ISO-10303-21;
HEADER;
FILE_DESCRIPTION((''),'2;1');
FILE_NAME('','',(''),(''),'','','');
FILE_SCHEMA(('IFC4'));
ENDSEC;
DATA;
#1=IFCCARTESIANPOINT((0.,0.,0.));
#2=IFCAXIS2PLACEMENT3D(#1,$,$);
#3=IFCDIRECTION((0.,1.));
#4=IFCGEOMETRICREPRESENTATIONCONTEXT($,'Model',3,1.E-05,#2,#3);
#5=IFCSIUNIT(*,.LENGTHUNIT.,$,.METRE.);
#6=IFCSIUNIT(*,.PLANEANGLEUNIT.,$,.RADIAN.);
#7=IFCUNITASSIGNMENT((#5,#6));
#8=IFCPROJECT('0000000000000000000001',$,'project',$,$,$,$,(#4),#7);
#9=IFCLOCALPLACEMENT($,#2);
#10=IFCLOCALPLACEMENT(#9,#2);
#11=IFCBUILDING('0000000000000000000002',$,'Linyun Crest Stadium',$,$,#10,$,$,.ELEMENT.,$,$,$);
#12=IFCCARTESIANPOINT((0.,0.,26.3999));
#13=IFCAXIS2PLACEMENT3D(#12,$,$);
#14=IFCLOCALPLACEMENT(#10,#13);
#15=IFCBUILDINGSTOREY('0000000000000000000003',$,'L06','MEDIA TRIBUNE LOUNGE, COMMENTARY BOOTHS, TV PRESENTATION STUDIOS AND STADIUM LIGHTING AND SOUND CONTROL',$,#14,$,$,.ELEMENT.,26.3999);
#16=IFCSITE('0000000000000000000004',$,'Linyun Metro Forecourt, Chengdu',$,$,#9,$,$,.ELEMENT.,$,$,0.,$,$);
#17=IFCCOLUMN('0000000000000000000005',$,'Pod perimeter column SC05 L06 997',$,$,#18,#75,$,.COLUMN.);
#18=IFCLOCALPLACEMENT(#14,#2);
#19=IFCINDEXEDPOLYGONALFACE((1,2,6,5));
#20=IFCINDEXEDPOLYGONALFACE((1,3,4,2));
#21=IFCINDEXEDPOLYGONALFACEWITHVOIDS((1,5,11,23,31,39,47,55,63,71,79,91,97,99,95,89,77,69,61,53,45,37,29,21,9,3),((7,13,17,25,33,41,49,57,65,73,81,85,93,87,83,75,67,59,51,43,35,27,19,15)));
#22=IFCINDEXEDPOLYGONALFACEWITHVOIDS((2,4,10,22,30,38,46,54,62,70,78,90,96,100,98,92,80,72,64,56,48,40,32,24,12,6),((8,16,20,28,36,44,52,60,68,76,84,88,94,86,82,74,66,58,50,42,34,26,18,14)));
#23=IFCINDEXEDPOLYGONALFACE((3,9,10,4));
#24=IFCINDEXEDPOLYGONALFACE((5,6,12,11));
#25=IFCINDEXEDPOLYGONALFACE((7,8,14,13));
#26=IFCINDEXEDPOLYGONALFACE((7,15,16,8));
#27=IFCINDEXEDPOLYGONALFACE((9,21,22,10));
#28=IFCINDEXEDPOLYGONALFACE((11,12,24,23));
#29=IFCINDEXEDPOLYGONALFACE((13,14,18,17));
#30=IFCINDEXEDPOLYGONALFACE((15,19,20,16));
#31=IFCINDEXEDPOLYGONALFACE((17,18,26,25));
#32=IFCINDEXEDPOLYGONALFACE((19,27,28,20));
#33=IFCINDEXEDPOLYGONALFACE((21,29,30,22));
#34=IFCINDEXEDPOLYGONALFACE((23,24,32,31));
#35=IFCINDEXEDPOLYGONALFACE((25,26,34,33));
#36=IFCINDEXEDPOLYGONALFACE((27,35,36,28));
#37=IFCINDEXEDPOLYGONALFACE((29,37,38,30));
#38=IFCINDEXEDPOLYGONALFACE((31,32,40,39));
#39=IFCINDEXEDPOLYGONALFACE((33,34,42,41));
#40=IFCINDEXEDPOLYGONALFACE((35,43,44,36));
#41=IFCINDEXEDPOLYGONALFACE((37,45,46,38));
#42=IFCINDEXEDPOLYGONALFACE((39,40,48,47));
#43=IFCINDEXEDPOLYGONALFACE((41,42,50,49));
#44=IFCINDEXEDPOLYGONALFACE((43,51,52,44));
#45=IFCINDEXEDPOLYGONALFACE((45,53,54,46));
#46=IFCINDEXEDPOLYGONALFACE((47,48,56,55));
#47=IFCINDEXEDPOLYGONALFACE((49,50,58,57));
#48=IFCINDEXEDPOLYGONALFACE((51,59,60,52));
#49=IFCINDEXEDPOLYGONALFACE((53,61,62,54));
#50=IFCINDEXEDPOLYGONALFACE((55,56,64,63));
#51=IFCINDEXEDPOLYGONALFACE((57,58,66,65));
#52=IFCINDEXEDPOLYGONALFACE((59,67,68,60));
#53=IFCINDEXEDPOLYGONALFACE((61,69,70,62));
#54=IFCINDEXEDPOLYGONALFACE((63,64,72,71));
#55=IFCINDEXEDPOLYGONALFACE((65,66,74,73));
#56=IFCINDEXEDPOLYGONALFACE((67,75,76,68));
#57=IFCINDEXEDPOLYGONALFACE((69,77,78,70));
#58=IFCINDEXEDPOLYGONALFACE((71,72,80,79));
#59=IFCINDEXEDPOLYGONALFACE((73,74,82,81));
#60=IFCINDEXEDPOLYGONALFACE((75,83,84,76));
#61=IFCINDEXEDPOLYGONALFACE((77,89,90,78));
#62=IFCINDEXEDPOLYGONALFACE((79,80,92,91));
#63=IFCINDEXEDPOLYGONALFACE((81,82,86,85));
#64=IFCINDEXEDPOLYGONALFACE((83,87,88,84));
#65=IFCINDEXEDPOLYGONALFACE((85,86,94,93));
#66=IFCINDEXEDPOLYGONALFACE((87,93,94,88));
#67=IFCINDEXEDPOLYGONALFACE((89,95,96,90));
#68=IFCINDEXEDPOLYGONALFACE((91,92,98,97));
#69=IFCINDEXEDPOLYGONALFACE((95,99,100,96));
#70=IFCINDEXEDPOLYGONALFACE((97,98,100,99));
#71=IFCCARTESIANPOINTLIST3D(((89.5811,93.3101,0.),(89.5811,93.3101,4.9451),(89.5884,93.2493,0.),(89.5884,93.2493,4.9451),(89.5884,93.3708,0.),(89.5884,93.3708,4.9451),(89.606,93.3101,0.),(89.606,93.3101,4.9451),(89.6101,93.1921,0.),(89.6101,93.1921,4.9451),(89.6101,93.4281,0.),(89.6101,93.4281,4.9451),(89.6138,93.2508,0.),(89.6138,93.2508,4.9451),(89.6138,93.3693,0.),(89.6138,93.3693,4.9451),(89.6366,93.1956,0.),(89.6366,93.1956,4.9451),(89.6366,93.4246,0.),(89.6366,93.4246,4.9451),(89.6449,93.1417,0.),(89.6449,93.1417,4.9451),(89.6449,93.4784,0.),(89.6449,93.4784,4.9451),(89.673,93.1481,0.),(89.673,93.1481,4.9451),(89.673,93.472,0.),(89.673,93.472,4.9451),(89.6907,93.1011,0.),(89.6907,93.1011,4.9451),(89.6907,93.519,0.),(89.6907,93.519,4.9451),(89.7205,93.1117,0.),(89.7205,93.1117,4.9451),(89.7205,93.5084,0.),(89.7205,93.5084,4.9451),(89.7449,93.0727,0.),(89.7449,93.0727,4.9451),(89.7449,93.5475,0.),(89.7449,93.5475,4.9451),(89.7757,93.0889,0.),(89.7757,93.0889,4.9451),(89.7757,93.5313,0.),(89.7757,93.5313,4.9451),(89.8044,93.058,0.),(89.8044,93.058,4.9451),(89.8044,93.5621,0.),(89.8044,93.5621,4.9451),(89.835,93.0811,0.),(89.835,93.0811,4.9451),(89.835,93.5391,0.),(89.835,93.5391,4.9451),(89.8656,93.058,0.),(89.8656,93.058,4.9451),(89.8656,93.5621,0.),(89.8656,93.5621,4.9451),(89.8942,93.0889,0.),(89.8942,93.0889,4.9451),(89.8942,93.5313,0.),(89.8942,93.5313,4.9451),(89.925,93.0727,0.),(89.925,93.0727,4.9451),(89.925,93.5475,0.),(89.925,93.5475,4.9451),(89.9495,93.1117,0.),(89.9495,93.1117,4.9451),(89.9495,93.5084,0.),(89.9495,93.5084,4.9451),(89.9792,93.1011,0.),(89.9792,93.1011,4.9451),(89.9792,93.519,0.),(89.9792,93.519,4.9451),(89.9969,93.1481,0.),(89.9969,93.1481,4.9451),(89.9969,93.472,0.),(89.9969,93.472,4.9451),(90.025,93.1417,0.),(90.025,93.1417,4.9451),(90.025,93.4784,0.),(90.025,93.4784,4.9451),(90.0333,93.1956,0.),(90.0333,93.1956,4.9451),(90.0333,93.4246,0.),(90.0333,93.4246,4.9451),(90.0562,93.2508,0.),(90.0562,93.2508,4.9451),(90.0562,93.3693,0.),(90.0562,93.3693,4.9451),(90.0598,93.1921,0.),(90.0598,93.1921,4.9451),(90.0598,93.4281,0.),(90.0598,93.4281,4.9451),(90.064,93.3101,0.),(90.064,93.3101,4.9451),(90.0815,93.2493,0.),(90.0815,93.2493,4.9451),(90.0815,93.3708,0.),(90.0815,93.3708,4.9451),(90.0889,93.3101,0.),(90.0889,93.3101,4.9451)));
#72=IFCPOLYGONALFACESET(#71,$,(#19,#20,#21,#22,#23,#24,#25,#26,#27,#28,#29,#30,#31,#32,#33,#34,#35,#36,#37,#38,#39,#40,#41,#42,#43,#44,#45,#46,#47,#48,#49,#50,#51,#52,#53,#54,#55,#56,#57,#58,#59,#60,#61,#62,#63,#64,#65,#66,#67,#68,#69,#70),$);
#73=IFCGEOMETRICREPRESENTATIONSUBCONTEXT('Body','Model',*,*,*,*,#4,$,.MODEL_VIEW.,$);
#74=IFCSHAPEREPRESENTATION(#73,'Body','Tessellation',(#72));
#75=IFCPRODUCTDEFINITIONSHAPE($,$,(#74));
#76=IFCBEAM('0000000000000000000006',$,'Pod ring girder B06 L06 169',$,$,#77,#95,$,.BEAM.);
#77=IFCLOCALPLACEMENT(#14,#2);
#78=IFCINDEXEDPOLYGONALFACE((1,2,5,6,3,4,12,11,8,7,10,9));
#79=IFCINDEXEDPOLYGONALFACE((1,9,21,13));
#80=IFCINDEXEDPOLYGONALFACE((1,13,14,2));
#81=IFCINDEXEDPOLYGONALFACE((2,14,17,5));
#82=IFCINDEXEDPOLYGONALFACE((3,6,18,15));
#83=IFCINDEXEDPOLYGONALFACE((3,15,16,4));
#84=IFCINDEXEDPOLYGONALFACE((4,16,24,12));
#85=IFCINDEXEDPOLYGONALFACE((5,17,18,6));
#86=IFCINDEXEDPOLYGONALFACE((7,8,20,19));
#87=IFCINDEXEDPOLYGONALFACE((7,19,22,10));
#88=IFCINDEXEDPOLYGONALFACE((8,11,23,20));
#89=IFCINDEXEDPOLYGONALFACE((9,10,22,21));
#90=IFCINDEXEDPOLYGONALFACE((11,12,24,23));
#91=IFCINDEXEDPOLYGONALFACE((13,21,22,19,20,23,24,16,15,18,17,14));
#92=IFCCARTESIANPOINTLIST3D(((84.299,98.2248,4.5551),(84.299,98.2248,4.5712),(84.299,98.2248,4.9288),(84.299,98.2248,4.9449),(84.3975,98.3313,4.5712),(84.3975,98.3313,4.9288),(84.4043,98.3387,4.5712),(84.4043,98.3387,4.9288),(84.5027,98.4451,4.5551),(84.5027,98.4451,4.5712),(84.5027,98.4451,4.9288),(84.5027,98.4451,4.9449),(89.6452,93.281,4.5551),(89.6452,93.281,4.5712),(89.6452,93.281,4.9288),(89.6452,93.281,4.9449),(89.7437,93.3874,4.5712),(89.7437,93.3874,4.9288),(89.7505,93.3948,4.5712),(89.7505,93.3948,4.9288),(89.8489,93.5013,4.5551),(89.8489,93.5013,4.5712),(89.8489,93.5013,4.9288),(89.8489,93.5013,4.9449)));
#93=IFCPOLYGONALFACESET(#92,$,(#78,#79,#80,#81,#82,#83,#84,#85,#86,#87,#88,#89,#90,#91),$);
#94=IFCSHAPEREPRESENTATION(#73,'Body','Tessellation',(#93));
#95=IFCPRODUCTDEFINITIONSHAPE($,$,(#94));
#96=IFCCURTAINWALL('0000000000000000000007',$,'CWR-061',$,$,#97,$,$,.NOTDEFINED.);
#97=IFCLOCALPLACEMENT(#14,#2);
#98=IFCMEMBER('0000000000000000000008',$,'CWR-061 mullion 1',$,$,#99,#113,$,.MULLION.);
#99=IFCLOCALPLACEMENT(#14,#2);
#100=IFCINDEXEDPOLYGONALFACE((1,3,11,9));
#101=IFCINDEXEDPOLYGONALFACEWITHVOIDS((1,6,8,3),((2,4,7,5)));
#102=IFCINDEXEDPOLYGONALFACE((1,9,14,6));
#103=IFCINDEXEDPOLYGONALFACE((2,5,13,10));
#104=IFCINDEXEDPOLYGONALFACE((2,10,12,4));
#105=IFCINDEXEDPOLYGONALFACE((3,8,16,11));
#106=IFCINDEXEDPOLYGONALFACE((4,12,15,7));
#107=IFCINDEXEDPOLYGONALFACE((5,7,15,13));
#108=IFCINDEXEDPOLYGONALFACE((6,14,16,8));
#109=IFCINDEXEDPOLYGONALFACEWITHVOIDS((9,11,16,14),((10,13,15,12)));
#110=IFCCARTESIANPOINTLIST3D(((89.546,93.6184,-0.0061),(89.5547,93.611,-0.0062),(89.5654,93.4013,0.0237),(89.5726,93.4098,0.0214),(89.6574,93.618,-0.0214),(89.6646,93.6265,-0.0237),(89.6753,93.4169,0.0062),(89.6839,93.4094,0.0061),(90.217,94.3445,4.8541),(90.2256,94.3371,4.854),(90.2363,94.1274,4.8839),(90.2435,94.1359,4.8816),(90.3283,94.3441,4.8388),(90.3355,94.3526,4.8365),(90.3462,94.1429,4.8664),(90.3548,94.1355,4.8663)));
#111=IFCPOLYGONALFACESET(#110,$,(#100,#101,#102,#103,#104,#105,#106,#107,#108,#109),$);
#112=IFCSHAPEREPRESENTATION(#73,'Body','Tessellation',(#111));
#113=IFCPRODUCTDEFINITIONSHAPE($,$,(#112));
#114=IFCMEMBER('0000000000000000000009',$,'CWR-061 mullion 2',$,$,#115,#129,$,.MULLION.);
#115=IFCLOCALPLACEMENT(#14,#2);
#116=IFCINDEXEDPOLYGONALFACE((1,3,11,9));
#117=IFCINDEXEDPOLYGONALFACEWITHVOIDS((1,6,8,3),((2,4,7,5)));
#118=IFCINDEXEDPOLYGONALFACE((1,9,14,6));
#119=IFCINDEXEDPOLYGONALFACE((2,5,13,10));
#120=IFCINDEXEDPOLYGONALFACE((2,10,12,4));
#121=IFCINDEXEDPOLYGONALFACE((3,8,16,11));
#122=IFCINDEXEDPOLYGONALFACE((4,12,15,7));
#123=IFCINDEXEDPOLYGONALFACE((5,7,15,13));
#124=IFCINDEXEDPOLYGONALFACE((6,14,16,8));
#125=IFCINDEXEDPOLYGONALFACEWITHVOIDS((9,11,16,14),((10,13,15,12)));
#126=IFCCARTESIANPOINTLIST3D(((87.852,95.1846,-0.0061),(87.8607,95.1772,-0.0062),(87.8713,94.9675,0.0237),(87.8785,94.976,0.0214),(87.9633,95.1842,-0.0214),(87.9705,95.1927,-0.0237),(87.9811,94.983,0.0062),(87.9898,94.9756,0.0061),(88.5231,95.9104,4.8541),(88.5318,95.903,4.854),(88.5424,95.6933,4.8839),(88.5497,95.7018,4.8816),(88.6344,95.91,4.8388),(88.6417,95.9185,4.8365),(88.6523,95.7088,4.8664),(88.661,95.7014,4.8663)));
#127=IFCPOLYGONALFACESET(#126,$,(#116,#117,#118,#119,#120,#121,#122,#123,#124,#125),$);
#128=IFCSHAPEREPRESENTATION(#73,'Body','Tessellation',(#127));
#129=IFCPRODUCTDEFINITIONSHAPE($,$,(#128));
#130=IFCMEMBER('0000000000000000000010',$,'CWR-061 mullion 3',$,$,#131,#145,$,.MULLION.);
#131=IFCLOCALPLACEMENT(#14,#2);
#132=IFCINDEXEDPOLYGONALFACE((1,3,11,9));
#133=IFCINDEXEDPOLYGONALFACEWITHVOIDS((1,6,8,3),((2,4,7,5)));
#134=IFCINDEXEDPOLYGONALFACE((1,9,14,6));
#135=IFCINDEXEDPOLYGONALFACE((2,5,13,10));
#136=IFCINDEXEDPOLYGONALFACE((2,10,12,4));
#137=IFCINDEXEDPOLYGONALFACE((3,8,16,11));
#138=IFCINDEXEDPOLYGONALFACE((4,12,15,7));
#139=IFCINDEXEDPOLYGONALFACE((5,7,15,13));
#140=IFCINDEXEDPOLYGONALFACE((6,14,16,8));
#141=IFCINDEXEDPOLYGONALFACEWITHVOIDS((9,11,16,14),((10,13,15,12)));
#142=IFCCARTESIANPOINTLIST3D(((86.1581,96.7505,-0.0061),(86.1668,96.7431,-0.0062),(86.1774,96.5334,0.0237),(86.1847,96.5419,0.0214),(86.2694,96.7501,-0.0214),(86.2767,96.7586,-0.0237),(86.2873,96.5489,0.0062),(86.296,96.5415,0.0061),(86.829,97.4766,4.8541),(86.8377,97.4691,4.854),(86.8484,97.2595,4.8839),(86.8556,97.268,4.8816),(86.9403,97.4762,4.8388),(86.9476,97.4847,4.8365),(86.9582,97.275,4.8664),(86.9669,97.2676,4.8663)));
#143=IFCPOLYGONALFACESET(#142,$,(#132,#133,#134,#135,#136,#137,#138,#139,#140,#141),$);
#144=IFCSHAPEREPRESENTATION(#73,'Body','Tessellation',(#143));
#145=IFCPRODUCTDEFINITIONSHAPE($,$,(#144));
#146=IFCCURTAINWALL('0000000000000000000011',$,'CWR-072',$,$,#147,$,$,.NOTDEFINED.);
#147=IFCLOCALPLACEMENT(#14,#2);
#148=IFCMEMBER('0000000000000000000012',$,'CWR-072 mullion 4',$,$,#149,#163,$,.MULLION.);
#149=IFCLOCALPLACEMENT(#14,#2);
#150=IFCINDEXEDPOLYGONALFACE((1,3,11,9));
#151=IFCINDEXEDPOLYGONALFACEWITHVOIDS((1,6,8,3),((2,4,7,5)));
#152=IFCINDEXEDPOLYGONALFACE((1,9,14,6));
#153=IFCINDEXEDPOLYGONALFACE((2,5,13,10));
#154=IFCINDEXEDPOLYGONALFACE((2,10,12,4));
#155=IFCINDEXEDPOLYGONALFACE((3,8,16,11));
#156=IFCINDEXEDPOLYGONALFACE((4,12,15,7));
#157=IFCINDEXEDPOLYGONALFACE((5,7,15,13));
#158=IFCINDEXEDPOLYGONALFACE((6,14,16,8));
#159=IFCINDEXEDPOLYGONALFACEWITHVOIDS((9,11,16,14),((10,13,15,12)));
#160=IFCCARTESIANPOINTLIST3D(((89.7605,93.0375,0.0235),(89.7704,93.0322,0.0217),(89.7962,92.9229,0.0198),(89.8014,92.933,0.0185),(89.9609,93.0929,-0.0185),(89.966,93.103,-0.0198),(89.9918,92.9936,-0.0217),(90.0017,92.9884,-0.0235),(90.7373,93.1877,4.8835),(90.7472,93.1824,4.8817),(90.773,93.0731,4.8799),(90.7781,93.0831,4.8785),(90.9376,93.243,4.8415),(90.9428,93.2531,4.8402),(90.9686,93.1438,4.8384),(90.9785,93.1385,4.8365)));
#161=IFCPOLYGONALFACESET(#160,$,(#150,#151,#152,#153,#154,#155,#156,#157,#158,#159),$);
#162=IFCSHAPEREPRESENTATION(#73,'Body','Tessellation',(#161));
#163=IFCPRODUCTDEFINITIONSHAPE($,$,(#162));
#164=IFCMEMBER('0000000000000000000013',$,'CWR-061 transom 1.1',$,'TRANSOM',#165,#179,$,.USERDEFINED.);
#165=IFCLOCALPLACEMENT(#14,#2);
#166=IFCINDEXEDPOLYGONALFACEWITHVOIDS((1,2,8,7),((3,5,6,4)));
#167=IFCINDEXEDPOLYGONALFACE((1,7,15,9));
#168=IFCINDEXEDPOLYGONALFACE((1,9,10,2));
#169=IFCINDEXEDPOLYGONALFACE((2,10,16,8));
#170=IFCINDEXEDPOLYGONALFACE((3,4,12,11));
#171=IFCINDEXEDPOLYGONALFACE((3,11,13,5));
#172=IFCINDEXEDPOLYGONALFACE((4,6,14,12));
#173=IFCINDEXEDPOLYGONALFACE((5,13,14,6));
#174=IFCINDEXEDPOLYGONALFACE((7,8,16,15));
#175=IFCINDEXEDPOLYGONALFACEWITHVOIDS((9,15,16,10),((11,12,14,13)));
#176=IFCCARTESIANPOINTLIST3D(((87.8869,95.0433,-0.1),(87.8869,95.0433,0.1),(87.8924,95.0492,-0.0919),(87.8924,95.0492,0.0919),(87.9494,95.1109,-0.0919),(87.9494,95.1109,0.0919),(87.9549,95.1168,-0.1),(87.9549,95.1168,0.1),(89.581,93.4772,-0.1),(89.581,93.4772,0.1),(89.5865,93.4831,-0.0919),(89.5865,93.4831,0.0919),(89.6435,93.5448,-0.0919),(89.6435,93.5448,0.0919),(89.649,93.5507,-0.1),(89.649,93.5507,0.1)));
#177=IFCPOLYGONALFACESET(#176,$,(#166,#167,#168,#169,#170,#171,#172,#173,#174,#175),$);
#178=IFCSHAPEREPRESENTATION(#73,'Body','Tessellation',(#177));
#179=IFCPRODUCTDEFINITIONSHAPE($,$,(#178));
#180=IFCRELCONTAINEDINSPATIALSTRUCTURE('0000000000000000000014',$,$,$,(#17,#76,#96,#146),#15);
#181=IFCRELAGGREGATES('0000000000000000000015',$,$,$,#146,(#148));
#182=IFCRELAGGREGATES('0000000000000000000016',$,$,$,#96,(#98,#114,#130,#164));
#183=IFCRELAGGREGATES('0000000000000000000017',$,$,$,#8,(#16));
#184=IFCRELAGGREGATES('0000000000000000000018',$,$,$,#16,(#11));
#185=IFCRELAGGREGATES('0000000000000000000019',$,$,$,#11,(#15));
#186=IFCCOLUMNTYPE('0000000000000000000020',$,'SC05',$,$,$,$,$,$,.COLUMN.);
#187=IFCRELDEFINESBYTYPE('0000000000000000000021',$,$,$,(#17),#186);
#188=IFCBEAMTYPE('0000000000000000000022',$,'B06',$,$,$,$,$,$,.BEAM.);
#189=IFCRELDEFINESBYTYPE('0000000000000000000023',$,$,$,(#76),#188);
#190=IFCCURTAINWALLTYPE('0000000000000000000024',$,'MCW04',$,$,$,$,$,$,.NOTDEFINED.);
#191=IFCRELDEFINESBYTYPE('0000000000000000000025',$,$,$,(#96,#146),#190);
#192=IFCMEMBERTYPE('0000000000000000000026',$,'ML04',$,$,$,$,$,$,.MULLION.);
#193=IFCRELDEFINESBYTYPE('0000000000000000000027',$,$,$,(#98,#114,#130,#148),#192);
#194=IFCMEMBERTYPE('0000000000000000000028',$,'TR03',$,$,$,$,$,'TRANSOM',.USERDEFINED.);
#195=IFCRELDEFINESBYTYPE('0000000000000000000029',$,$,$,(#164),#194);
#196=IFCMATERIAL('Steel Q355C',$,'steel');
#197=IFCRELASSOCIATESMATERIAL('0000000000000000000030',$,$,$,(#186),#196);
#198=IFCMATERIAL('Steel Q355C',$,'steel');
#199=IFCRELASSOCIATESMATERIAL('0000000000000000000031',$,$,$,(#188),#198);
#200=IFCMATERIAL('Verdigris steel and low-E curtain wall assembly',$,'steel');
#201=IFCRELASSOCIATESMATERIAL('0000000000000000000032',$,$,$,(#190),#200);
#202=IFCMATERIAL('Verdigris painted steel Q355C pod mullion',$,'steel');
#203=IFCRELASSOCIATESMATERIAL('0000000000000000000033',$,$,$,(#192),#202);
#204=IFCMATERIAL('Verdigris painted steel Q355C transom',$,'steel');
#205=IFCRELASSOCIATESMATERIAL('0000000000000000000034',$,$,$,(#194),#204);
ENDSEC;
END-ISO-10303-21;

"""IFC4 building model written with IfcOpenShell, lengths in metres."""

from ifc_helpers import new_model, si_unit, direction, frame, origin, origin_2d, place, context, subcontext, project, spatial, hollow_rectangle, hollow_circle, i_section, extrude, material, material_profile, profile_set, type_object, element, aggregate, save


model = new_model("IFC4")

# Units and contexts
model_context = context("Model", 3, precision=1e-05, world=origin(), true_north=direction((0.0, 1.0)))
body_context = subcontext(model_context, "Body", "Model", "MODEL_VIEW")
ifc_project = project(units=[si_unit("LENGTHUNIT", "METRE"), si_unit("PLANEANGLEUNIT", "RADIAN")], contexts=[model_context])

# Site, building, storey
site_placement = place(None, origin())
site = spatial("IfcSite", under=ifc_project, at=site_placement, Name="Linyun Metro Forecourt, Chengdu", CompositionType="ELEMENT", RefElevation=0.0)
building_placement = place(site_placement, origin())
building = spatial("IfcBuilding", under=site, at=building_placement, Name="Linyun Crest Stadium", CompositionType="ELEMENT")
storey_placement = place(building_placement, frame((0.0, 0.0, 26.3999)))
storey = spatial("IfcBuildingStorey", under=building, at=storey_placement, Name="L06", Description="MEDIA TRIBUNE LOUNGE, COMMENTARY BOOTHS, TV PRESENTATION STUDIOS AND STADIUM LIGHTING AND SOUND CONTROL", CompositionType="ELEMENT", Elevation=26.3999)

# Column
ifc_material_1 = material(Name="Steel Q355C", Category="steel")
ifc_material_profile_1 = material_profile(ifc_material_1, hollow_circle(Radius=0.2539, WallThickness=0.0249, at=origin_2d()), Name="CHS 508x25")
ifc_profile_set_1 = profile_set([ifc_material_profile_1], Name="Steel Q355C")
column_type = type_object("IfcColumnType", Name="SC05", PredefinedType="COLUMN", material=ifc_profile_set_1)
column_placement = place(storey_placement, frame((89.835, 93.3101, 0.0), z_axis=(0.0, 0.0, 1.0), x_axis=(1.0, 0.0, 0.0)))
element("IfcColumn", 1, at=column_placement, inside=storey, type_object=column_type, Name="Pod perimeter column SC05 L06 997", PredefinedType="COLUMN", context=body_context, shape_type="SweptSolid", body=[
    extrude(hollow_circle(Radius=0.2539, WallThickness=0.0249, at=origin_2d()), origin(), (0.0, 0.0, 1.0), 4.9451),
])

# Beam
ifc_material_2 = material(Name="Steel Q355C", Category="steel")
ifc_material_profile_2 = material_profile(ifc_material_2, i_section(OverallWidth=0.3, OverallDepth=0.3899, WebThickness=0.01, FlangeThickness=0.0161, at=origin_2d()), Name="HM 390x300")
ifc_profile_set_2 = profile_set([ifc_material_profile_2], Name="Steel Q355C")
beam_type = type_object("IfcBeamType", Name="B06", PredefinedType="BEAM", material=ifc_profile_set_2)
beam_placement = place(storey_placement, frame((89.7471, 93.3911, 4.75), z_axis=(-0.734194, 0.67894, 0.0), x_axis=(-0.67894, -0.734194, 0.0)))
element("IfcBeam", 2, at=beam_placement, inside=storey, type_object=beam_type, Name="Pod ring girder B06 L06 169", PredefinedType="BEAM", context=body_context, shape_type="SweptSolid", body=[
    extrude(i_section(OverallWidth=0.3, OverallDepth=0.3899, WebThickness=0.01, FlangeThickness=0.0161, at=origin_2d()), origin(), (0.0, 0.0, 1.0), 7.2817),
])

# Curtain wall, members
ifc_material_3 = material(Name="Verdigris steel and low-E curtain wall assembly", Category="steel")
curtain_wall_type = type_object("IfcCurtainWallType", Name="MCW04", PredefinedType="NOTDEFINED", material=ifc_material_3)
curtain_wall_1_placement = place(storey_placement, origin())
curtain_wall_1 = element("IfcCurtainWall", 3, at=curtain_wall_1_placement, inside=storey, type_object=curtain_wall_type, Name="CWR-061", PredefinedType="NOTDEFINED")
ifc_material_4 = material(Name="Verdigris painted steel Q355C pod mullion", Category="steel")
ifc_material_profile_3 = material_profile(ifc_material_4, hollow_rectangle(XDim=0.1201, YDim=0.22, WallThickness=0.0081, at=origin_2d()), Name="RHS 220x120x8")
ifc_profile_set_3 = profile_set([ifc_material_profile_3], Name="Verdigris painted steel Q355C pod mullion")
member_type_1 = type_object("IfcMemberType", Name="ML04", PredefinedType="MULLION", material=ifc_profile_set_3)
member_1_placement = place(storey_placement, frame((89.615, 93.5139, 0.0), z_axis=(0.135272, 0.146397, 0.979933), x_axis=(0.986901, 0.067842, -0.146369)))
member_1 = element("IfcMember", 4, at=member_1_placement, type_object=member_type_1, Name="CWR-061 mullion 1", PredefinedType="MULLION", context=body_context, shape_type="SweptSolid", body=[
    extrude(hollow_rectangle(XDim=0.1201, YDim=0.22, WallThickness=0.0081, at=origin_2d()), origin(), (0.0, 0.0, 1.0), 4.9597),
])
member_2_placement = place(storey_placement, frame((87.9209, 95.0801, 0.0), z_axis=(0.135321, 0.146348, 0.979934), x_axis=(0.986925, 0.067498, -0.146367)))
member_2 = element("IfcMember", 5, at=member_2_placement, type_object=member_type_1, Name="CWR-061 mullion 2", PredefinedType="MULLION", context=body_context, shape_type="SweptSolid", body=[
    extrude(hollow_rectangle(XDim=0.1201, YDim=0.22, WallThickness=0.0081, at=origin_2d()), origin(), (0.0, 0.0, 1.0), 4.9597),
])
member_3_placement = place(storey_placement, frame((86.2271, 96.646, 0.0), z_axis=(0.135272, 0.146397, 0.979933), x_axis=(0.986901, 0.067842, -0.146369)))
member_3 = element("IfcMember", 6, at=member_3_placement, type_object=member_type_1, Name="CWR-061 mullion 3", PredefinedType="MULLION", context=body_context, shape_type="SweptSolid", body=[
    extrude(hollow_rectangle(XDim=0.1201, YDim=0.22, WallThickness=0.0081, at=origin_2d()), origin(), (0.0, 0.0, 1.0), 4.9597),
])

# Curtain wall, member
curtain_wall_2_placement = place(storey_placement, origin())
curtain_wall_2 = element("IfcCurtainWall", 7, at=curtain_wall_2_placement, inside=storey, type_object=curtain_wall_type, Name="CWR-072", PredefinedType="NOTDEFINED")
member_4_placement = place(storey_placement, frame((89.8811, 93.0129, 0.0), z_axis=(0.196954, 0.030274, 0.979945), x_axis=(0.297501, -0.95424, -0.030313)))
member_4 = element("IfcMember", 8, at=member_4_placement, type_object=member_type_1, Name="CWR-072 mullion 4", PredefinedType="MULLION", context=body_context, shape_type="SweptSolid", body=[
    extrude(hollow_rectangle(XDim=0.1201, YDim=0.22, WallThickness=0.0081, at=origin_2d()), origin(), (0.0, 0.0, 1.0), 4.9595),
])

# Member
ifc_material_5 = material(Name="Verdigris painted steel Q355C transom", Category="steel")
ifc_material_profile_4 = material_profile(ifc_material_5, hollow_rectangle(XDim=0.1001, YDim=0.2, WallThickness=0.0081, at=origin_2d()), Name="RHS 200x100x8")
ifc_profile_set_4 = profile_set([ifc_material_profile_4], Name="Verdigris painted steel Q355C transom")
member_type_2 = type_object("IfcMemberType", Name="TR03", ElementType="TRANSOM", PredefinedType="USERDEFINED", material=ifc_profile_set_4)
member_5_placement = place(storey_placement, frame((89.615, 93.5139, 0.0), z_axis=(-0.734288, 0.678838, 0.0), x_axis=(-0.678838, -0.734288, 0.0)))
member_5 = element("IfcMember", 9, at=member_5_placement, type_object=member_type_2, Name="CWR-061 transom 1.1", ObjectType="TRANSOM", PredefinedType="USERDEFINED", context=body_context, shape_type="SweptSolid", body=[
    extrude(hollow_rectangle(XDim=0.1001, YDim=0.2, WallThickness=0.0081, at=origin_2d()), origin(), (0.0, 0.0, 1.0), 2.3071),
])

aggregate(curtain_wall_2, [member_4])
aggregate(curtain_wall_1, [member_1, member_2, member_3, member_5])

save(model, "model.ifc")
